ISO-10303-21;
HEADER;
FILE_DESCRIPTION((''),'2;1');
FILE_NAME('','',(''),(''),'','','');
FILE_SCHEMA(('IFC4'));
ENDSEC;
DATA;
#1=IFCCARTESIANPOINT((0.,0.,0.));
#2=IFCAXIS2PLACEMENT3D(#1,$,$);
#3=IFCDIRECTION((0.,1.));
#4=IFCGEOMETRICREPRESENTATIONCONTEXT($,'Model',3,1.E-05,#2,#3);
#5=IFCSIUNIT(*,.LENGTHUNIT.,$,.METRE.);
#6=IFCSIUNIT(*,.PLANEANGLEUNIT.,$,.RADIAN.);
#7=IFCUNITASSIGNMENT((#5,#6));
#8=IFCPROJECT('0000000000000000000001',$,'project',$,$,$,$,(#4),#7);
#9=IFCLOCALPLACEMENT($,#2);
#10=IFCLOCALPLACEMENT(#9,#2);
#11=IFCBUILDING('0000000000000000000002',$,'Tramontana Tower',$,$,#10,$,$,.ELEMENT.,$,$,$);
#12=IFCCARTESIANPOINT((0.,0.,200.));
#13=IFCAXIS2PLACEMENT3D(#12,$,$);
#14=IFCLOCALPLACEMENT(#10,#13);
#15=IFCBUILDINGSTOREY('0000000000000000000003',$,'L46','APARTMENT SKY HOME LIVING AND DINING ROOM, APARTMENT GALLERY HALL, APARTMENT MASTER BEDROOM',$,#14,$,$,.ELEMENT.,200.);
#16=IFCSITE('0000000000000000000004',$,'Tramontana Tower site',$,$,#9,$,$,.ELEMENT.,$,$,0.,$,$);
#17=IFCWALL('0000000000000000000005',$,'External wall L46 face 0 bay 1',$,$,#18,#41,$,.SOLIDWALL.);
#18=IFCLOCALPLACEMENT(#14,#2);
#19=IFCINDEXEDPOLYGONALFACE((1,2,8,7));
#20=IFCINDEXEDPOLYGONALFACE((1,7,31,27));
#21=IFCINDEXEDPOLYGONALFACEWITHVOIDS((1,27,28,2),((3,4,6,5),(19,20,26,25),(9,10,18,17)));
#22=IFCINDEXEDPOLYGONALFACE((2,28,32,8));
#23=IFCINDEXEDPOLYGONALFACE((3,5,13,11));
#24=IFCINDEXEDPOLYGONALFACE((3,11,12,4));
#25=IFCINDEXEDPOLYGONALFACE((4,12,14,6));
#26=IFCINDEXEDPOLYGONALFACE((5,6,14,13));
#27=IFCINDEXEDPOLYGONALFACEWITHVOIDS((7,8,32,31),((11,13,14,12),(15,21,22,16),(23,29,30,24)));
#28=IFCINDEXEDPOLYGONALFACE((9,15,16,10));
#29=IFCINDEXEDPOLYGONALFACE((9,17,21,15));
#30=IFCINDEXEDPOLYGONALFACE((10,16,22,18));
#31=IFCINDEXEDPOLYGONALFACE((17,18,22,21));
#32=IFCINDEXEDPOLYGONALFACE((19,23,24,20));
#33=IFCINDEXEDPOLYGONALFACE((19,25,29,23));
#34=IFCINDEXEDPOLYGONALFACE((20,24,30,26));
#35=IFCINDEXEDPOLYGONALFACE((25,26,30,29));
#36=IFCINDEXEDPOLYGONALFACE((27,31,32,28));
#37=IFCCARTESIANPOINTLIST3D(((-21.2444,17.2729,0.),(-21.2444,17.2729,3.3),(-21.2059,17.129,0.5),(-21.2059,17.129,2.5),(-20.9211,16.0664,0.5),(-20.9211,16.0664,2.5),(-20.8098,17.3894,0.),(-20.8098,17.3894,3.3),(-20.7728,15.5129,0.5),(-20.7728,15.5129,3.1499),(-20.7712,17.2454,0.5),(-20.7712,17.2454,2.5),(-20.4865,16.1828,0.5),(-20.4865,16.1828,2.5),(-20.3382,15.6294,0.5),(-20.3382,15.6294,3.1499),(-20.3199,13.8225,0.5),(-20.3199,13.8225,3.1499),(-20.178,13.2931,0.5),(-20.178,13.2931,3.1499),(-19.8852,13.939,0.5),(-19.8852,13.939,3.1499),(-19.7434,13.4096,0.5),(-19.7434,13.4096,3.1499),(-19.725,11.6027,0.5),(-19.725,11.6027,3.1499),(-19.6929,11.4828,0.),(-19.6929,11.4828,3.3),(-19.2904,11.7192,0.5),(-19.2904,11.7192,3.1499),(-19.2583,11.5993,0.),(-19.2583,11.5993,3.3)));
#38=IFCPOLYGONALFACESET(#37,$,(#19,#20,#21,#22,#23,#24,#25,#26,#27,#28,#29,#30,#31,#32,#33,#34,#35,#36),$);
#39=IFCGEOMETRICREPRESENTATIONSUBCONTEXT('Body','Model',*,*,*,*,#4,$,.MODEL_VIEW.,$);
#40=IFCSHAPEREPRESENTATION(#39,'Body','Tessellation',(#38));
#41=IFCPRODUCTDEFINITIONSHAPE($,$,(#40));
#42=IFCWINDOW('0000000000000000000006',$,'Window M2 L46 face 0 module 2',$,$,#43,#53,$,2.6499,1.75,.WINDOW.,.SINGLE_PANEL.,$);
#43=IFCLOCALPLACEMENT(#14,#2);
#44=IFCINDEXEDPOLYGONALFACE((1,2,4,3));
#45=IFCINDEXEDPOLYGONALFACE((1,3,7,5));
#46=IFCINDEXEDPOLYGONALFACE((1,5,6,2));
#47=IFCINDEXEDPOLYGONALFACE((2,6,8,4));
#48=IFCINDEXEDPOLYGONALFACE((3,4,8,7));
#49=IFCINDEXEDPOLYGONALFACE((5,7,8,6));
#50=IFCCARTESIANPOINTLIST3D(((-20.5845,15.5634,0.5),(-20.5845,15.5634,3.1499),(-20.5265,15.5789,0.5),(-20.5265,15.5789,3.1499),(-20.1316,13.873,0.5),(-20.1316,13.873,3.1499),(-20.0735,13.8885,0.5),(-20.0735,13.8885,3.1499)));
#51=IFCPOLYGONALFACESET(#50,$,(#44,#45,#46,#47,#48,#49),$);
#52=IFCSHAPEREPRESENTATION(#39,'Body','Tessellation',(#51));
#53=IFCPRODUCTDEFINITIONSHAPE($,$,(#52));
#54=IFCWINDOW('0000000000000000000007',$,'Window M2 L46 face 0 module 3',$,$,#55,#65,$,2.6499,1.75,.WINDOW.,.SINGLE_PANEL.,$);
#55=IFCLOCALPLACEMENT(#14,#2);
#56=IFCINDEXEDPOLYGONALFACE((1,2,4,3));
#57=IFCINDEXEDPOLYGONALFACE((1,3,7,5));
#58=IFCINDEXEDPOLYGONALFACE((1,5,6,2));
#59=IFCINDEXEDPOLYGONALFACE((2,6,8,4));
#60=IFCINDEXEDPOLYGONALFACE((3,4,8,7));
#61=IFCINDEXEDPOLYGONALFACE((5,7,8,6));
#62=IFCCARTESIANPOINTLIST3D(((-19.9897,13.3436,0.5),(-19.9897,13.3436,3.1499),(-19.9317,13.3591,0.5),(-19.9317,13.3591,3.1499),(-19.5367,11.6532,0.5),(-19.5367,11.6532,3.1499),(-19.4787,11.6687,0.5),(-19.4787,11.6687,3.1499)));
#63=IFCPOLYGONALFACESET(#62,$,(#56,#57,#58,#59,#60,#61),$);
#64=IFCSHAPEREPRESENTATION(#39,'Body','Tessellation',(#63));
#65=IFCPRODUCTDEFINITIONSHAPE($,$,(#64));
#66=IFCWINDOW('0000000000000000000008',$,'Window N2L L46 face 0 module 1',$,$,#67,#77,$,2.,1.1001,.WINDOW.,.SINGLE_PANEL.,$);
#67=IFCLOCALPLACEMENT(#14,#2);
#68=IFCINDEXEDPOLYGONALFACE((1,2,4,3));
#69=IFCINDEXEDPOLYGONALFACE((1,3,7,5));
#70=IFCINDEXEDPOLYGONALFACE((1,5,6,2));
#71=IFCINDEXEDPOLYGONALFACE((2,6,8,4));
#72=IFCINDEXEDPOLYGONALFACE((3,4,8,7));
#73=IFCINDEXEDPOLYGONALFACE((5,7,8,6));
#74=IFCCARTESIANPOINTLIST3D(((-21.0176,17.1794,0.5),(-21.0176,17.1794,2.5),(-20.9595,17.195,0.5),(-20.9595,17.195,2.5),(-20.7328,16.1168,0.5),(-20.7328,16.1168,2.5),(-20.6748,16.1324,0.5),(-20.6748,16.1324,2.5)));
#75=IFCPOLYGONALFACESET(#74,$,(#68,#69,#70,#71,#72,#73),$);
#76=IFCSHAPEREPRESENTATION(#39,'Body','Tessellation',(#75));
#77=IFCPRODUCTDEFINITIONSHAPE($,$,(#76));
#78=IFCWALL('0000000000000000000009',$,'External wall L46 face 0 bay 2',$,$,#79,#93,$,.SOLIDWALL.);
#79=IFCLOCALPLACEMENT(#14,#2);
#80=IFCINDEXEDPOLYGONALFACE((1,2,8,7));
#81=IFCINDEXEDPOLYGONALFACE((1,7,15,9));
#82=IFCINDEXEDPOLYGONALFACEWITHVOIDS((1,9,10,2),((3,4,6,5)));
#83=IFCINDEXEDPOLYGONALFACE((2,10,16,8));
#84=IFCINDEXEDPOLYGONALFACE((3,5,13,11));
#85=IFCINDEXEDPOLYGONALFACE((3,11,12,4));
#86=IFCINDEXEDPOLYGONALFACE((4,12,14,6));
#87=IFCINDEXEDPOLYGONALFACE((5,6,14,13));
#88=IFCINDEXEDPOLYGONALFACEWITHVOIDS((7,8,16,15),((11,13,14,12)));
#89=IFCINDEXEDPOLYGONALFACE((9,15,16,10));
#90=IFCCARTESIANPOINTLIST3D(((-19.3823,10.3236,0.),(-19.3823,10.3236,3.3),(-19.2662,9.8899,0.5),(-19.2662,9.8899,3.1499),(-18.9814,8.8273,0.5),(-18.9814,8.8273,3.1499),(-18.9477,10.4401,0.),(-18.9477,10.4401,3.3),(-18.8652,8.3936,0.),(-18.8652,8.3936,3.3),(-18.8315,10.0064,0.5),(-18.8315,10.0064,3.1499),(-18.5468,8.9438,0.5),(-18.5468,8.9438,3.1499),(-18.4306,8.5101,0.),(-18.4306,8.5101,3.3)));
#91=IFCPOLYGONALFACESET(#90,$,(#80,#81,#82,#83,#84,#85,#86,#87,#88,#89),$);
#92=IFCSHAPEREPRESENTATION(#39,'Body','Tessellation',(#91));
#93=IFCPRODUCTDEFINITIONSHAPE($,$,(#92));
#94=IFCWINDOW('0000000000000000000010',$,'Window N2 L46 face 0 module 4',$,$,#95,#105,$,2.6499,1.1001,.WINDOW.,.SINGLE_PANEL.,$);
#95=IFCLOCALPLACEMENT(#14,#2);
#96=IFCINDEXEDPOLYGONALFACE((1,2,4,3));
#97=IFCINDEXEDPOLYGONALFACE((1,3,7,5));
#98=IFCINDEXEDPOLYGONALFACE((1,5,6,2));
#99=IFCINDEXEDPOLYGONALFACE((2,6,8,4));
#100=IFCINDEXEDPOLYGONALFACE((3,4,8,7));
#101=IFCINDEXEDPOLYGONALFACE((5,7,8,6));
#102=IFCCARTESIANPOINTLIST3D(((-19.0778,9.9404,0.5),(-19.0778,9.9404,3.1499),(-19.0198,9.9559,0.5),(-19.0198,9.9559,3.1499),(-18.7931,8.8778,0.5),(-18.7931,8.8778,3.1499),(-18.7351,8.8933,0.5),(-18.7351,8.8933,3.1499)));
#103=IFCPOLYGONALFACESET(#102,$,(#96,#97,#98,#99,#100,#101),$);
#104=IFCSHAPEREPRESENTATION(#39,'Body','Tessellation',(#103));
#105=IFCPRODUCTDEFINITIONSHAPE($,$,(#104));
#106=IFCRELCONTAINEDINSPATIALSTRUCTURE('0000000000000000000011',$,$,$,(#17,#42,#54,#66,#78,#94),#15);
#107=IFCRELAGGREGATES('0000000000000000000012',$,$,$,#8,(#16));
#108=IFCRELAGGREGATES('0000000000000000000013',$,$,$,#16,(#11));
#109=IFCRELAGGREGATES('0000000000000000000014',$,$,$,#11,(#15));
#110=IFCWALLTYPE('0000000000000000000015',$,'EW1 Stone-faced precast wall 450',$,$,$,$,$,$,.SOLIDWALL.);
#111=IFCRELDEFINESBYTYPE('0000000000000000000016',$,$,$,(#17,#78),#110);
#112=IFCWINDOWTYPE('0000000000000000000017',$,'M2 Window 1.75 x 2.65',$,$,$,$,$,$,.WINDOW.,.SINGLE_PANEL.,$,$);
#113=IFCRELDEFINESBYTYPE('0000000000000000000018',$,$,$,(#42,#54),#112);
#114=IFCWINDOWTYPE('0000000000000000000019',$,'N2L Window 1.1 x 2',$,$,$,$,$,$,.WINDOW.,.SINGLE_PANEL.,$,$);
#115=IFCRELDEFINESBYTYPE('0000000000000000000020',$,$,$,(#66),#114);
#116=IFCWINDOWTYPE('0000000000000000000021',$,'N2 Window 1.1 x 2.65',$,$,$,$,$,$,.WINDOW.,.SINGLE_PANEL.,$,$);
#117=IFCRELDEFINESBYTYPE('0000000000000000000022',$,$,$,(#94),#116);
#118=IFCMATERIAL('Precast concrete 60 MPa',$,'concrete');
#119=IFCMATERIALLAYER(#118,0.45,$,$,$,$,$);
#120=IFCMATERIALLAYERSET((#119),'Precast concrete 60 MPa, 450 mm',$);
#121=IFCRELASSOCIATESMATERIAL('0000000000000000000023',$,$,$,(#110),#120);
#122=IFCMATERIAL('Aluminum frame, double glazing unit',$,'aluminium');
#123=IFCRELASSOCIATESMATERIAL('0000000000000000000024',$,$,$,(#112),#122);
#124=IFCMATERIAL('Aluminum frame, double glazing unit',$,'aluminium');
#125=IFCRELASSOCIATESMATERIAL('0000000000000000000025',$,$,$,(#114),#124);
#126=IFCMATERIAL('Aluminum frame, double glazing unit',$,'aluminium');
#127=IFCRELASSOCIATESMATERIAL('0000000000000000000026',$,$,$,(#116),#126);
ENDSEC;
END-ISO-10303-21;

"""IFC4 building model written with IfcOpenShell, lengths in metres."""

from ifc_helpers import new_model, si_unit, direction, frame, frame_2d, origin, place, context, subcontext, project, spatial, rectangle, extrude, material, layer, layer_set, type_object, element, fill, save


model = new_model("IFC4")

# Units and contexts
model_context = context("Model", 3, precision=1e-05, world=origin(), true_north=direction((0.0, 1.0)))
body_context = subcontext(model_context, "Body", "Model", "MODEL_VIEW")
ifc_project = project(units=[si_unit("LENGTHUNIT", "METRE"), si_unit("PLANEANGLEUNIT", "RADIAN")], contexts=[model_context])

# Site, building, storey
site_placement = place(None, origin())
site = spatial("IfcSite", under=ifc_project, at=site_placement, Name="Tramontana Tower site", CompositionType="ELEMENT", RefElevation=0.0)
building_placement = place(site_placement, origin())
building = spatial("IfcBuilding", under=site, at=building_placement, Name="Tramontana Tower", CompositionType="ELEMENT")
storey_placement = place(building_placement, frame((0.0, 0.0, 200.0)))
storey = spatial("IfcBuildingStorey", under=building, at=storey_placement, Name="L46", Description="APARTMENT SKY HOME LIVING AND DINING ROOM, APARTMENT GALLERY HALL, APARTMENT MASTER BEDROOM", CompositionType="ELEMENT", Elevation=200.0)

# Wall, openings, windows
ifc_material_1 = material(Name="Precast concrete 60 MPa", Category="concrete")
ifc_layer_1 = layer(ifc_material_1, 0.45)
ifc_layer_set_1 = layer_set([ifc_layer_1], Name="Precast concrete 60 MPa, 450 mm")
wall_type_1 = type_object("IfcWallType", Name="EW1 Stone-faced precast wall 450", PredefinedType="SOLIDWALL", material=ifc_layer_set_1)
wall_1_placement = place(storey_placement, frame((-21.0271, 17.3311, 0.0), z_axis=(0.0, 0.0, 1.0), x_axis=(0.258831, -0.965923, 0.0)))
wall_1 = element("IfcWall", 1, at=wall_1_placement, inside=storey, type_object=wall_type_1, Name="External wall L46 face 0 bay 1", PredefinedType="SOLIDWALL", context=body_context, shape_type="SweptSolid", body=[
    extrude(rectangle(XDim=5.9944, YDim=0.45, at=frame_2d((2.9971, 0.0))), origin(), (0.0, 0.0, 1.0), 3.3),
])
opening_1_placement = place(wall_1_placement, frame((0.1489, 0.0, 0.5)))
opening_1 = element("IfcOpeningElement", 2, at=opening_1_placement, cuts=wall_1, PredefinedType="OPENING", context=body_context, shape_type="SweptSolid", body=[
    extrude(rectangle(XDim=1.1001, YDim=2.0, at=frame_2d((0.55, 1.0))), frame((0.0, 0.2349, 0.0), z_axis=(0.0, -1.0, 0.0), x_axis=(1.0, 0.0, 0.0)), (0.0, 0.0, 1.0), 0.47),
])
opening_2_placement = place(wall_1_placement, frame((1.822, 0.0, 0.5)))
opening_2 = element("IfcOpeningElement", 3, at=opening_2_placement, cuts=wall_1, PredefinedType="OPENING", context=body_context, shape_type="SweptSolid", body=[
    extrude(rectangle(XDim=1.75, YDim=2.6499, at=frame_2d((0.875, 1.325))), frame((0.0, 0.2349, 0.0), z_axis=(0.0, -1.0, 0.0), x_axis=(1.0, 0.0, 0.0)), (0.0, 0.0, 1.0), 0.47),
])
opening_3_placement = place(wall_1_placement, frame((4.1201, 0.0, 0.5)))
opening_3 = element("IfcOpeningElement", 4, at=opening_3_placement, cuts=wall_1, PredefinedType="OPENING", context=body_context, shape_type="SweptSolid", body=[
    extrude(rectangle(XDim=1.75, YDim=2.6499, at=frame_2d((0.875, 1.325))), frame((0.0, 0.2349, 0.0), z_axis=(0.0, -1.0, 0.0), x_axis=(1.0, 0.0, 0.0)), (0.0, 0.0, 1.0), 0.47),
])
ifc_material_2 = material(Name="Aluminum frame, double glazing unit", Category="aluminium")
window_type_1 = type_object("IfcWindowType", Name="M2 Window 1.75 x 2.65", PartitioningType="SINGLE_PANEL", PredefinedType="WINDOW", material=ifc_material_2)
window_1_placement = place(opening_2_placement, origin())
window_1 = element("IfcWindow", 5, at=window_1_placement, inside=storey, type_object=window_type_1, Name="Window M2 L46 face 0 module 2", OverallHeight=2.6499, OverallWidth=1.75, PartitioningType="SINGLE_PANEL", PredefinedType="WINDOW", context=body_context, shape_type="SweptSolid", body=[
    extrude(rectangle(XDim=1.75, YDim=2.6499, at=frame_2d((0.875, 1.325))), frame((0.0, 0.03, 0.0), z_axis=(0.0, -1.0, 0.0), x_axis=(1.0, 0.0, 0.0)), (0.0, 0.0, 1.0), 0.0601),
])
fill(opening_2, window_1)
window_2_placement = place(opening_3_placement, origin())
window_2 = element("IfcWindow", 6, at=window_2_placement, inside=storey, type_object=window_type_1, Name="Window M2 L46 face 0 module 3", OverallHeight=2.6499, OverallWidth=1.75, PartitioningType="SINGLE_PANEL", PredefinedType="WINDOW", context=body_context, shape_type="SweptSolid", body=[
    extrude(rectangle(XDim=1.75, YDim=2.6499, at=frame_2d((0.875, 1.325))), frame((0.0, 0.03, 0.0), z_axis=(0.0, -1.0, 0.0), x_axis=(1.0, 0.0, 0.0)), (0.0, 0.0, 1.0), 0.0601),
])
fill(opening_3, window_2)
ifc_material_3 = material(Name="Aluminum frame, double glazing unit", Category="aluminium")
window_type_2 = type_object("IfcWindowType", Name="N2L Window 1.1 x 2", PartitioningType="SINGLE_PANEL", PredefinedType="WINDOW", material=ifc_material_3)
window_3_placement = place(opening_1_placement, origin())
window_3 = element("IfcWindow", 7, at=window_3_placement, inside=storey, type_object=window_type_2, Name="Window N2L L46 face 0 module 1", OverallHeight=2.0, OverallWidth=1.1001, PartitioningType="SINGLE_PANEL", PredefinedType="WINDOW", context=body_context, shape_type="SweptSolid", body=[
    extrude(rectangle(XDim=1.1001, YDim=2.0, at=frame_2d((0.55, 1.0))), frame((0.0, 0.03, 0.0), z_axis=(0.0, -1.0, 0.0), x_axis=(1.0, 0.0, 0.0)), (0.0, 0.0, 1.0), 0.0601),
])
fill(opening_1, window_3)

# Wall, opening, window
wall_2_placement = place(storey_placement, frame((-19.165, 10.3818, 0.0), z_axis=(0.0, 0.0, 1.0), x_axis=(0.258803, -0.96593, 0.0)))
wall_2 = element("IfcWall", 8, at=wall_2_placement, inside=storey, type_object=wall_type_1, Name="External wall L46 face 0 bay 2", PredefinedType="SOLIDWALL", context=body_context, shape_type="SweptSolid", body=[
    extrude(rectangle(XDim=1.998, YDim=0.45, at=frame_2d((0.999, 0.0))), origin(), (0.0, 0.0, 1.0), 3.3),
])
opening_4_placement = place(wall_2_placement, frame((0.449, 0.0, 0.5)))
opening_4 = element("IfcOpeningElement", 9, at=opening_4_placement, cuts=wall_2, PredefinedType="OPENING", context=body_context, shape_type="SweptSolid", body=[
    extrude(rectangle(XDim=1.1001, YDim=2.6499, at=frame_2d((0.55, 1.325))), frame((0.0, 0.2349, 0.0), z_axis=(0.0, -1.0, 0.0), x_axis=(1.0, 0.0, 0.0)), (0.0, 0.0, 1.0), 0.47),
])
ifc_material_4 = material(Name="Aluminum frame, double glazing unit", Category="aluminium")
window_type_3 = type_object("IfcWindowType", Name="N2 Window 1.1 x 2.65", PartitioningType="SINGLE_PANEL", PredefinedType="WINDOW", material=ifc_material_4)
window_4_placement = place(opening_4_placement, origin())
window_4 = element("IfcWindow", 10, at=window_4_placement, inside=storey, type_object=window_type_3, Name="Window N2 L46 face 0 module 4", OverallHeight=2.6499, OverallWidth=1.1001, PartitioningType="SINGLE_PANEL", PredefinedType="WINDOW", context=body_context, shape_type="SweptSolid", body=[
    extrude(rectangle(XDim=1.1001, YDim=2.6499, at=frame_2d((0.55, 1.325))), frame((0.0, 0.03, 0.0), z_axis=(0.0, -1.0, 0.0), x_axis=(1.0, 0.0, 0.0)), (0.0, 0.0, 1.0), 0.0601),
])
fill(opening_4, window_4)

save(model, "model.ifc")
